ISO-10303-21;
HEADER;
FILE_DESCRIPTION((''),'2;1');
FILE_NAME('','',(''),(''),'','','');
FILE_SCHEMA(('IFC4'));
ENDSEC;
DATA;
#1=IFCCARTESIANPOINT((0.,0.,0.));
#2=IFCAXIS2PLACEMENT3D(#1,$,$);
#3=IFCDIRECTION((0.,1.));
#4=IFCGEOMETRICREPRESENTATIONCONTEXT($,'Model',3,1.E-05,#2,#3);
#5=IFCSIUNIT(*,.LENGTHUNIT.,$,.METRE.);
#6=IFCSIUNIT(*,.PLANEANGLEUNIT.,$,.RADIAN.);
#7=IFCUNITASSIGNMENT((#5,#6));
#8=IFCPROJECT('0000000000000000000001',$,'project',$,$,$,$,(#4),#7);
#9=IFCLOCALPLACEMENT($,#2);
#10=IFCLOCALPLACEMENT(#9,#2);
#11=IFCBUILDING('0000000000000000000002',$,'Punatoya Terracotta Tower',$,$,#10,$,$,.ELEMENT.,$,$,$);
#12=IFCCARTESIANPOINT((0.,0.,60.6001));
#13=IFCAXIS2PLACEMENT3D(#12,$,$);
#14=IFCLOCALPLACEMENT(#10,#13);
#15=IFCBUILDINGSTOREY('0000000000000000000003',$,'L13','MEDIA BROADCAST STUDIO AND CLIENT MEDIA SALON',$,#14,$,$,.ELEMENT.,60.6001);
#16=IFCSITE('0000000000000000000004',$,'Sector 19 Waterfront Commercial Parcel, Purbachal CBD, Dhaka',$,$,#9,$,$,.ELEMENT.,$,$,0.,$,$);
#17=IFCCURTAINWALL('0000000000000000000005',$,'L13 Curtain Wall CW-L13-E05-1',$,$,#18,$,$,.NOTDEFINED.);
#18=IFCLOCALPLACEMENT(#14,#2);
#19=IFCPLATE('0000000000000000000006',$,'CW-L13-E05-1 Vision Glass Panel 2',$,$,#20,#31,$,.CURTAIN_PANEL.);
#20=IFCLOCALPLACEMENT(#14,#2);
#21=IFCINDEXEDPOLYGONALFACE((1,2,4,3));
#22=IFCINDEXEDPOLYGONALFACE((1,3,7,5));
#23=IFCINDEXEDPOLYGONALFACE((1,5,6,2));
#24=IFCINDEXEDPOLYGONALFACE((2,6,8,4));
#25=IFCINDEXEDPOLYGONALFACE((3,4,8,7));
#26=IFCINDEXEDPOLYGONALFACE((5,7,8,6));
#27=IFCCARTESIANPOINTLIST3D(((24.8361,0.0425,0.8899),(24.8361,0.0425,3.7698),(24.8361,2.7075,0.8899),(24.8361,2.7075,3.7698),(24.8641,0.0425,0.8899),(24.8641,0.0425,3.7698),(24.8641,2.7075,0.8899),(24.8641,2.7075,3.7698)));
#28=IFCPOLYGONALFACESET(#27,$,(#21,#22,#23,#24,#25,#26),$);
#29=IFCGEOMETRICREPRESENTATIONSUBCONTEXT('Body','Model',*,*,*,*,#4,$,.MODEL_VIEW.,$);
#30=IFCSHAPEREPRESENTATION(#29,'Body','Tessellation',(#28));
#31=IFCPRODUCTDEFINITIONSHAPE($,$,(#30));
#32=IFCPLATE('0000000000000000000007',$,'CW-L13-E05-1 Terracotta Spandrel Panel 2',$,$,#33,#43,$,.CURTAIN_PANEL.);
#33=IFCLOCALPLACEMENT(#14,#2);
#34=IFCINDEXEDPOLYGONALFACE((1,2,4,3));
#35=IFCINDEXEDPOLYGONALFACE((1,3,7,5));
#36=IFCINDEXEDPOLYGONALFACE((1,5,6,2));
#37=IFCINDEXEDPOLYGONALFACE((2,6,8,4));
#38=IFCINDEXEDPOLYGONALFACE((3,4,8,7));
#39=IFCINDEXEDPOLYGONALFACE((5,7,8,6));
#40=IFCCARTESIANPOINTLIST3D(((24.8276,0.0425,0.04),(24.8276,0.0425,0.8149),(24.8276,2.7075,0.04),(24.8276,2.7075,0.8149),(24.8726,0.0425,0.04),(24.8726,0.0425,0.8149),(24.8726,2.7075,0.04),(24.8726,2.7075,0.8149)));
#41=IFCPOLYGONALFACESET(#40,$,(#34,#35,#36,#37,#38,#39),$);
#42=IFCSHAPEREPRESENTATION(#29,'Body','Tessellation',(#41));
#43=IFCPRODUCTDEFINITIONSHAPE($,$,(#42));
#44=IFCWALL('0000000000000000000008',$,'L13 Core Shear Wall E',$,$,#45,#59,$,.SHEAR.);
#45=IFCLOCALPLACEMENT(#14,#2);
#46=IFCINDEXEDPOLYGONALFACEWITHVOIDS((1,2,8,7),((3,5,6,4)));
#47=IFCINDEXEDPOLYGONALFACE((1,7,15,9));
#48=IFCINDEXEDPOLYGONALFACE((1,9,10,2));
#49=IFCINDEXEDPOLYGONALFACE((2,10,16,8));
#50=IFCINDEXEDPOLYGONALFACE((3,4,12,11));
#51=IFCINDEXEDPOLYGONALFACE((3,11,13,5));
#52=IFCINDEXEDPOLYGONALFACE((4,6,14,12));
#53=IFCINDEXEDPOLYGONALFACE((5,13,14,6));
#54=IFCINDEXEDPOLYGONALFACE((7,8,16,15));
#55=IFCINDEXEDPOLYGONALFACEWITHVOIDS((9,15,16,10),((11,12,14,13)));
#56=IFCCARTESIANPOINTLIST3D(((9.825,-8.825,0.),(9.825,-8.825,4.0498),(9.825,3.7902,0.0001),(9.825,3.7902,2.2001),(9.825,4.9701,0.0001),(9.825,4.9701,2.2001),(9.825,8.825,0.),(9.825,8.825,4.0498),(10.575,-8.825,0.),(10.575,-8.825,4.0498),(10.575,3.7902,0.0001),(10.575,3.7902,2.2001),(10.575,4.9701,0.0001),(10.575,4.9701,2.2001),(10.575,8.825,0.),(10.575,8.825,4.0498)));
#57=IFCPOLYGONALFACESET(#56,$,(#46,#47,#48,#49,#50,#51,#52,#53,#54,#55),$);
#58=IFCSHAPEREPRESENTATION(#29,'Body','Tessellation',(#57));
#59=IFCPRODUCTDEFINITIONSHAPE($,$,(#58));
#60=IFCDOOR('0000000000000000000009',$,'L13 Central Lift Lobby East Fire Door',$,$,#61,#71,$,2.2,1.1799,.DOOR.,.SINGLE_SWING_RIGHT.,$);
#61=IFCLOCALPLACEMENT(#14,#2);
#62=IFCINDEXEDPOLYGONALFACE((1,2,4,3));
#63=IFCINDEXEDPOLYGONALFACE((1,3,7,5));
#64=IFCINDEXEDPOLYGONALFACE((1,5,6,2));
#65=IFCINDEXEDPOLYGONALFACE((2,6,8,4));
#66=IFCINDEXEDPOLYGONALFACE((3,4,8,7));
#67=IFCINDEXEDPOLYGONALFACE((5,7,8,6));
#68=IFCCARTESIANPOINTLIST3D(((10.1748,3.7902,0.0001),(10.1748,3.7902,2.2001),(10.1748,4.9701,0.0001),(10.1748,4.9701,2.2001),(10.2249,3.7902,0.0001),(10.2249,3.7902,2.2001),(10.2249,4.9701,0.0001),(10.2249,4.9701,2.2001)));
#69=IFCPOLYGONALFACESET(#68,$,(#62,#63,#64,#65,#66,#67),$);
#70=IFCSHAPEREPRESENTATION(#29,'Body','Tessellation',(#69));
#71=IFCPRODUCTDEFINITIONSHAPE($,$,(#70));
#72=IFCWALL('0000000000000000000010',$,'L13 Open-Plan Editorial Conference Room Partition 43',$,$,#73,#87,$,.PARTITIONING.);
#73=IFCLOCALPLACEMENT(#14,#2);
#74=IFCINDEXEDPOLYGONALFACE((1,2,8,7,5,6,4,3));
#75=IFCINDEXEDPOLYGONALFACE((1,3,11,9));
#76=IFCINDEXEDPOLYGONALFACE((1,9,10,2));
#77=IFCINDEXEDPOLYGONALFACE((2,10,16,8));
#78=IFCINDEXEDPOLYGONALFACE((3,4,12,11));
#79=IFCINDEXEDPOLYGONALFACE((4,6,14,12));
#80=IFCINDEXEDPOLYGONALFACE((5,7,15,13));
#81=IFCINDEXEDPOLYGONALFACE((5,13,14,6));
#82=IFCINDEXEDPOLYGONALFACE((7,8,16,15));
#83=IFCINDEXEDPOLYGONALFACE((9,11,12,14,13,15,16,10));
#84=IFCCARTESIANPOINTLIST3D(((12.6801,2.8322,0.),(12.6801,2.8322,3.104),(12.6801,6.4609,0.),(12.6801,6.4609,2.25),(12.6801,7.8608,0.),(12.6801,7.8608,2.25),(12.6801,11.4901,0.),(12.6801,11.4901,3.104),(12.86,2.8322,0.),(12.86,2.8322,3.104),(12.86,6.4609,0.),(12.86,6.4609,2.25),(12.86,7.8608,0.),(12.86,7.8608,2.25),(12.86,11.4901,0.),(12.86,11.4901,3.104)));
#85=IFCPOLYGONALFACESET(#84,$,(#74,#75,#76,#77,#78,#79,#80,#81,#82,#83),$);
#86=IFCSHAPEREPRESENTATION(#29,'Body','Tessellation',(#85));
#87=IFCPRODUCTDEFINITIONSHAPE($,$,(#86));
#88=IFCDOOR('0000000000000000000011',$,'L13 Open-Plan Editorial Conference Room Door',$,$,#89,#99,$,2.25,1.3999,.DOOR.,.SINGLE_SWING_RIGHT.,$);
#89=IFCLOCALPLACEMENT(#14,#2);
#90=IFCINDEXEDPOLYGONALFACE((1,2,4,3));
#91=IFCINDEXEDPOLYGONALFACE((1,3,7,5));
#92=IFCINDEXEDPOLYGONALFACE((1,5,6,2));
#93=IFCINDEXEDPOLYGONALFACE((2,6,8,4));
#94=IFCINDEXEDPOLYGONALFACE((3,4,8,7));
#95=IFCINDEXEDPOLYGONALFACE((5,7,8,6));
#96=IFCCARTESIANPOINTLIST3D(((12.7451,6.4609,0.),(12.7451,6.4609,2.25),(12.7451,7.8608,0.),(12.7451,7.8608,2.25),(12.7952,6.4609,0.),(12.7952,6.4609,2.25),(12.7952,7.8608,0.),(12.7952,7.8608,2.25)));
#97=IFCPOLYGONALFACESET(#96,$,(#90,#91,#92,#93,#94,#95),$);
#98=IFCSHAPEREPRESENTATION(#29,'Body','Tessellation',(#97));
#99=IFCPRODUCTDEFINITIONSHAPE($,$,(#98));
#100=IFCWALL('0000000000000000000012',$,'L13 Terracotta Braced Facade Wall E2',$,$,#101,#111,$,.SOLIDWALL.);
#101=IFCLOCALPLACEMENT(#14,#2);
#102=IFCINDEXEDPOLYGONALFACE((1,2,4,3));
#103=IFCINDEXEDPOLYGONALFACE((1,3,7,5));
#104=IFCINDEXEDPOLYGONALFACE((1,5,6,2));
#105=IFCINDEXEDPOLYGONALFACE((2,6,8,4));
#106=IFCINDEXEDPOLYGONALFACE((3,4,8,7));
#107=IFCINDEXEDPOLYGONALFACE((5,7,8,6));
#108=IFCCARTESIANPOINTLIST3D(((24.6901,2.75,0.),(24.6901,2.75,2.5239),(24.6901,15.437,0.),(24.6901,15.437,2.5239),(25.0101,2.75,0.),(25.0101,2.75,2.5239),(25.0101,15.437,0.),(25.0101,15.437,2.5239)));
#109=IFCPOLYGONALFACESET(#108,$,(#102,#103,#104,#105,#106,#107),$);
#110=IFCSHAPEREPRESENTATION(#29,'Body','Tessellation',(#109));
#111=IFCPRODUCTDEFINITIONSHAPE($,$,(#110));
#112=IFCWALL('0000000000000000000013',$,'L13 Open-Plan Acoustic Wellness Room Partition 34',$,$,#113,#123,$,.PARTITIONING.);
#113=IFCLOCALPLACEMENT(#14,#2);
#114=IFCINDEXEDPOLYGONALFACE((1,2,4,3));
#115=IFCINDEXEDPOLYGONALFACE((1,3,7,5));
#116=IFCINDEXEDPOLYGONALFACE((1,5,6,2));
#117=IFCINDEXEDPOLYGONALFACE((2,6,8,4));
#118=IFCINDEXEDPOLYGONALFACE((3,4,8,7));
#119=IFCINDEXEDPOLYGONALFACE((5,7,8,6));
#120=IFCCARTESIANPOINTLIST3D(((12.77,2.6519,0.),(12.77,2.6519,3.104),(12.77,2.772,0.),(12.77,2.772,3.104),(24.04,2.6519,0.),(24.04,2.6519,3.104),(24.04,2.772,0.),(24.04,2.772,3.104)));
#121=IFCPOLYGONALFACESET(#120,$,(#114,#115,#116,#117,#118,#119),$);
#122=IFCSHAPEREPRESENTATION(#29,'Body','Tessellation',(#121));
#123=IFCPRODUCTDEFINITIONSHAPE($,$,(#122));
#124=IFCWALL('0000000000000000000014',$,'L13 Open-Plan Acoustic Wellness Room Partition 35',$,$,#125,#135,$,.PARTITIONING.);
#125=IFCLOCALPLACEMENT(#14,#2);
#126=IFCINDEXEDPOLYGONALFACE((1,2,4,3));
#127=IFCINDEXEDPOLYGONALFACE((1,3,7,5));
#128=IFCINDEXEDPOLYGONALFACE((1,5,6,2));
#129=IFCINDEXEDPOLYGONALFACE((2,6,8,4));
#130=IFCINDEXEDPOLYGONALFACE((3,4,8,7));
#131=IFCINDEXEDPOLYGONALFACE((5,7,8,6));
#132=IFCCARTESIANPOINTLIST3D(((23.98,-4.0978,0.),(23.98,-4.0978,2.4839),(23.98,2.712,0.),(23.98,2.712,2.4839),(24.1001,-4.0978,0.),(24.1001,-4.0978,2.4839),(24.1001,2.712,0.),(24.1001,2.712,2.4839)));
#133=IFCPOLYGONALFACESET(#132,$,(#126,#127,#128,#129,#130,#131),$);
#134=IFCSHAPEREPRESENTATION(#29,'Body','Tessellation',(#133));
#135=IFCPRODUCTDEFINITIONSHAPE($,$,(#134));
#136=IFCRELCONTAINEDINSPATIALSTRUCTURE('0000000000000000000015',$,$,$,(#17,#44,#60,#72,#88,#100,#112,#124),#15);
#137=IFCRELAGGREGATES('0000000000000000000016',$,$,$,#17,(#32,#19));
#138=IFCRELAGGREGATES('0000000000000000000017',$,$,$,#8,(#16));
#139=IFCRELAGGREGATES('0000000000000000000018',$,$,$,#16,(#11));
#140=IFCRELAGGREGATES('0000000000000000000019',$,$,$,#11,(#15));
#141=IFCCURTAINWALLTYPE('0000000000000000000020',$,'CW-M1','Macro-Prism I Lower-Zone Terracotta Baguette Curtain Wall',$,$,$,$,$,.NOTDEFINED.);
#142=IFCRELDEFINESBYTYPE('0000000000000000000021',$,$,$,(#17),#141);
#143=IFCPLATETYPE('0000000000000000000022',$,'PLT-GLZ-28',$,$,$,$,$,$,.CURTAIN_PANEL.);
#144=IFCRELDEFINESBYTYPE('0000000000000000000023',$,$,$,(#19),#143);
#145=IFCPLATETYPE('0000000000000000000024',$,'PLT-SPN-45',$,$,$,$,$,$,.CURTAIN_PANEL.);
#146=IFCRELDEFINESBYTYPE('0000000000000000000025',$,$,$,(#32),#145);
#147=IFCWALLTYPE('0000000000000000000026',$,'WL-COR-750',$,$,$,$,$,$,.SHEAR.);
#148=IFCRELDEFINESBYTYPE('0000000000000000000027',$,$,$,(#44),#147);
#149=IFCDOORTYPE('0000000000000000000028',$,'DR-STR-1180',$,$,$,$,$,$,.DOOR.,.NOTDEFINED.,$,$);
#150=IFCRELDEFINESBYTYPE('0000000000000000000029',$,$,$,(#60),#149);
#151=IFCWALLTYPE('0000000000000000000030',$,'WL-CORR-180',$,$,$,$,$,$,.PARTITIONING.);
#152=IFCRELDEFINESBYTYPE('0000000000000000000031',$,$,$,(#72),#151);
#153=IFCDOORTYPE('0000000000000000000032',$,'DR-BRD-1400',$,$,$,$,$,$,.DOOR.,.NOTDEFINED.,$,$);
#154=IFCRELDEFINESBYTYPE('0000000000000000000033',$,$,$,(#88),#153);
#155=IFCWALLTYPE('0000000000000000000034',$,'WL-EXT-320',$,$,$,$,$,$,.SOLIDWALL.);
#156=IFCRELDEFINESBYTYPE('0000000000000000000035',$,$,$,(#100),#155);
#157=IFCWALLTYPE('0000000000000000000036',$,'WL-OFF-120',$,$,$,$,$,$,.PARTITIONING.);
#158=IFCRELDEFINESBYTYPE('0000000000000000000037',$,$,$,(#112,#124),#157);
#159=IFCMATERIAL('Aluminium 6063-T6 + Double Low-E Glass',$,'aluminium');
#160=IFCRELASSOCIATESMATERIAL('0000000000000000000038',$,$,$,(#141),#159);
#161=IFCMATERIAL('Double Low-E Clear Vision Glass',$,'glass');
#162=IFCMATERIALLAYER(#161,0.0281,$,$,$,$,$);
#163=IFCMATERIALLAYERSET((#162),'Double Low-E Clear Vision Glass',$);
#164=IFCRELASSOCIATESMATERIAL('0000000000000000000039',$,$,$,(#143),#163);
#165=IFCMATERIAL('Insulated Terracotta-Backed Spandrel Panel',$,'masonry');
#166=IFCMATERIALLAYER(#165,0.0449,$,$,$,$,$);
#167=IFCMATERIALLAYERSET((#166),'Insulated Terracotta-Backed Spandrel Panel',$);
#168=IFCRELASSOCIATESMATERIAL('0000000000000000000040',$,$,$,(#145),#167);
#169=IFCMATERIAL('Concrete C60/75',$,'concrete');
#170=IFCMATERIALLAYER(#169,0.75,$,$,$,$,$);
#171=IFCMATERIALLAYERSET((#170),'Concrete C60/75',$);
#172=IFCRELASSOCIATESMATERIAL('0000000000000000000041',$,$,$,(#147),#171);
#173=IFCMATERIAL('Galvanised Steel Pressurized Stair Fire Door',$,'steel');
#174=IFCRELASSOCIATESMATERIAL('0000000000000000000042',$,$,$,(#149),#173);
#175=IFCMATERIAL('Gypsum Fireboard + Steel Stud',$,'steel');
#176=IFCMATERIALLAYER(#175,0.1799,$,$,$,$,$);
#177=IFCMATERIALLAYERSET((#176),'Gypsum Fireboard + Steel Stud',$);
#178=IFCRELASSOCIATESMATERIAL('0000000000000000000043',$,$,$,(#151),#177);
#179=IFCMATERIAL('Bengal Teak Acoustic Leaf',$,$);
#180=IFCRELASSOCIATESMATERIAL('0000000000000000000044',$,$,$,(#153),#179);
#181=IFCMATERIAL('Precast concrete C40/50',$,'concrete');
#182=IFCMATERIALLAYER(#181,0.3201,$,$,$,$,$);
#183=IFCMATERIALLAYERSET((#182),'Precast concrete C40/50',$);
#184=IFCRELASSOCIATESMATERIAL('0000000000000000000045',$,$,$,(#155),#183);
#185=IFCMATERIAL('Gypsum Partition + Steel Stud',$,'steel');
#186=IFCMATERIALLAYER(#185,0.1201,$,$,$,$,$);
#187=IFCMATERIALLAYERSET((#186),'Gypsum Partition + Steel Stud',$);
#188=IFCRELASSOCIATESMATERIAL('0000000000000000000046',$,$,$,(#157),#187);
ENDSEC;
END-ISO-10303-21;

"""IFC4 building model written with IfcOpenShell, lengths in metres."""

from ifc_helpers import new_model, si_unit, direction, frame, frame_2d, origin, origin_2d, place, context, subcontext, project, spatial, rectangle, extrude, material, layer, layer_set, type_object, element, fill, aggregate, save


model = new_model("IFC4")

# Units and contexts
model_context = context("Model", 3, precision=1e-05, world=origin(), true_north=direction((0.0, 1.0)))
body_context = subcontext(model_context, "Body", "Model", "MODEL_VIEW")
ifc_project = project(units=[si_unit("LENGTHUNIT", "METRE"), si_unit("PLANEANGLEUNIT", "RADIAN")], contexts=[model_context])

# Site, building, storey
site_placement = place(None, origin())
site = spatial("IfcSite", under=ifc_project, at=site_placement, Name="Sector 19 Waterfront Commercial Parcel, Purbachal CBD, Dhaka", CompositionType="ELEMENT", RefElevation=0.0)
building_placement = place(site_placement, origin())
building = spatial("IfcBuilding", under=site, at=building_placement, Name="Punatoya Terracotta Tower", CompositionType="ELEMENT")
storey_placement = place(building_placement, frame((0.0, 0.0, 60.6001)))
storey = spatial("IfcBuildingStorey", under=building, at=storey_placement, Name="L13", Description="MEDIA BROADCAST STUDIO AND CLIENT MEDIA SALON", CompositionType="ELEMENT", Elevation=60.6001)

# Curtain wall
ifc_material_1 = material(Name="Aluminium 6063-T6 + Double Low-E Glass", Category="aluminium")
curtain_wall_type = type_object("IfcCurtainWallType", Name="CW-M1", Description="Macro-Prism I Lower-Zone Terracotta Baguette Curtain Wall", PredefinedType="NOTDEFINED", material=ifc_material_1)
curtain_wall_placement = place(storey_placement, origin())
curtain_wall = element("IfcCurtainWall", 1, at=curtain_wall_placement, inside=storey, type_object=curtain_wall_type, Name="L13 Curtain Wall CW-L13-E05-1", PredefinedType="NOTDEFINED")

# Plates
ifc_material_2 = material(Name="Double Low-E Clear Vision Glass", Category="glass")
ifc_layer_1 = layer(ifc_material_2, 0.0281)
ifc_layer_set_1 = layer_set([ifc_layer_1], Name="Double Low-E Clear Vision Glass")
plate_type_1 = type_object("IfcPlateType", Name="PLT-GLZ-28", PredefinedType="CURTAIN_PANEL", material=ifc_layer_set_1)
plate_1_placement = place(storey_placement, frame((24.8501, 1.375, 0.8899), z_axis=(0.0, 0.0, 1.0), x_axis=(0.0, 1.0, 0.0)))
plate_1 = element("IfcPlate", 2, at=plate_1_placement, type_object=plate_type_1, Name="CW-L13-E05-1 Vision Glass Panel 2", PredefinedType="CURTAIN_PANEL", context=body_context, shape_type="SweptSolid", body=[
    extrude(rectangle(XDim=2.665, YDim=0.0281, at=origin_2d()), origin(), (0.0, 0.0, 1.0), 2.8799),
])
ifc_material_3 = material(Name="Insulated Terracotta-Backed Spandrel Panel", Category="masonry")
ifc_layer_2 = layer(ifc_material_3, 0.0449)
ifc_layer_set_2 = layer_set([ifc_layer_2], Name="Insulated Terracotta-Backed Spandrel Panel")
plate_type_2 = type_object("IfcPlateType", Name="PLT-SPN-45", PredefinedType="CURTAIN_PANEL", material=ifc_layer_set_2)
plate_2_placement = place(storey_placement, frame((24.8501, 1.375, 0.04), z_axis=(0.0, 0.0, 1.0), x_axis=(0.0, 1.0, 0.0)))
plate_2 = element("IfcPlate", 3, at=plate_2_placement, type_object=plate_type_2, Name="CW-L13-E05-1 Terracotta Spandrel Panel 2", PredefinedType="CURTAIN_PANEL", context=body_context, shape_type="SweptSolid", body=[
    extrude(rectangle(XDim=2.665, YDim=0.0449, at=origin_2d()), origin(), (0.0, 0.0, 1.0), 0.7749),
])
aggregate(curtain_wall, [plate_2, plate_1])

# Walls, openings, doors
ifc_material_4 = material(Name="Concrete C60/75", Category="concrete")
ifc_layer_3 = layer(ifc_material_4, 0.75)
ifc_layer_set_3 = layer_set([ifc_layer_3], Name="Concrete C60/75")
wall_type_1 = type_object("IfcWallType", Name="WL-COR-750", PredefinedType="SHEAR", material=ifc_layer_set_3)
wall_1_placement = place(storey_placement, frame((10.2, 8.825, 0.0), z_axis=(0.0, 0.0, 1.0), x_axis=(0.0, -1.0, 0.0)))
wall_1 = element("IfcWall", 4, at=wall_1_placement, inside=storey, type_object=wall_type_1, Name="L13 Core Shear Wall E", PredefinedType="SHEAR", context=body_context, shape_type="SweptSolid", body=[
    extrude(rectangle(XDim=17.6499, YDim=0.75, at=frame_2d((8.825, 0.0))), origin(), (0.0, 0.0, 1.0), 4.0498),
])
opening_1_placement = place(wall_1_placement, frame((3.855, 0.0, 0.0)))
opening_1 = element("IfcOpeningElement", 5, at=opening_1_placement, cuts=wall_1, PredefinedType="OPENING", context=body_context, shape_type="SweptSolid", body=[
    extrude(rectangle(XDim=1.1799, YDim=2.2, at=frame_2d((0.5898, 1.1001))), frame((0.0, 0.385, 0.0), z_axis=(0.0, -1.0, 0.0), x_axis=(1.0, 0.0, 0.0)), (0.0, 0.0, 1.0), 0.77),
])
ifc_material_5 = material(Name="Galvanised Steel Pressurized Stair Fire Door", Category="steel")
door_type_1 = type_object("IfcDoorType", Name="DR-STR-1180", OperationType="NOTDEFINED", PredefinedType="DOOR", material=ifc_material_5)
door_1_placement = place(opening_1_placement, origin())
door_1 = element("IfcDoor", 6, at=door_1_placement, inside=storey, type_object=door_type_1, Name="L13 Central Lift Lobby East Fire Door", OperationType="SINGLE_SWING_RIGHT", OverallHeight=2.2, OverallWidth=1.1799, PredefinedType="DOOR", context=body_context, shape_type="SweptSolid", body=[
    extrude(rectangle(XDim=1.1799, YDim=2.2, at=frame_2d((0.5898, 1.1001))), frame((0.0, 0.0249, 0.0), z_axis=(0.0, -1.0, 0.0), x_axis=(1.0, 0.0, 0.0)), (0.0, 0.0, 1.0), 0.05),
])
fill(opening_1, door_1)
ifc_material_6 = material(Name="Gypsum Fireboard + Steel Stud", Category="steel")
ifc_layer_4 = layer(ifc_material_6, 0.1799)
ifc_layer_set_4 = layer_set([ifc_layer_4], Name="Gypsum Fireboard + Steel Stud")
wall_type_2 = type_object("IfcWallType", Name="WL-CORR-180", PredefinedType="PARTITIONING", material=ifc_layer_set_4)
wall_2_placement = place(storey_placement, frame((12.77, 2.832, 0.0), z_axis=(0.0, 0.0, 1.0), x_axis=(0.0, 1.0, 0.0)))
wall_2 = element("IfcWall", 7, at=wall_2_placement, inside=storey, type_object=wall_type_2, Name="L13 Open-Plan Editorial Conference Room Partition 43", PredefinedType="PARTITIONING", context=body_context, shape_type="SweptSolid", body=[
    extrude(rectangle(XDim=8.658, YDim=0.1799, at=frame_2d((4.3291, 0.0))), origin(), (0.0, 0.0, 1.0), 3.104),
])
opening_2_placement = place(wall_2_placement, frame((3.6289, 0.0, 0.0)))
opening_2 = element("IfcOpeningElement", 8, at=opening_2_placement, cuts=wall_2, PredefinedType="OPENING", context=body_context, shape_type="SweptSolid", body=[
    extrude(rectangle(XDim=1.3999, YDim=2.25, at=frame_2d((0.7, 1.125))), frame((0.0, 0.0999, 0.0), z_axis=(0.0, -1.0, 0.0), x_axis=(1.0, 0.0, 0.0)), (0.0, 0.0, 1.0), 0.2),
])
ifc_material_7 = material(Name="Bengal Teak Acoustic Leaf")
door_type_2 = type_object("IfcDoorType", Name="DR-BRD-1400", OperationType="NOTDEFINED", PredefinedType="DOOR", material=ifc_material_7)
door_2_placement = place(opening_2_placement, origin())
door_2 = element("IfcDoor", 9, at=door_2_placement, inside=storey, type_object=door_type_2, Name="L13 Open-Plan Editorial Conference Room Door", OperationType="SINGLE_SWING_RIGHT", OverallHeight=2.25, OverallWidth=1.3999, PredefinedType="DOOR", context=body_context, shape_type="SweptSolid", body=[
    extrude(rectangle(XDim=1.3999, YDim=2.25, at=frame_2d((0.7, 1.125))), frame((0.0, 0.0249, 0.0), z_axis=(0.0, -1.0, 0.0), x_axis=(1.0, 0.0, 0.0)), (0.0, 0.0, 1.0), 0.05),
])
fill(opening_2, door_2)

# Walls
ifc_material_8 = material(Name="Precast concrete C40/50", Category="concrete")
ifc_layer_5 = layer(ifc_material_8, 0.3201)
ifc_layer_set_5 = layer_set([ifc_layer_5], Name="Precast concrete C40/50")
wall_type_3 = type_object("IfcWallType", Name="WL-EXT-320", PredefinedType="SOLIDWALL", material=ifc_layer_set_5)
wall_3_placement = place(storey_placement, frame((24.8501, 2.75, 0.0), z_axis=(0.0, 0.0, 1.0), x_axis=(0.0, 1.0, 0.0)))
element("IfcWall", 10, at=wall_3_placement, inside=storey, type_object=wall_type_3, Name="L13 Terracotta Braced Facade Wall E2", PredefinedType="SOLIDWALL", context=body_context, shape_type="SweptSolid", body=[
    extrude(rectangle(XDim=12.687, YDim=0.3201, at=frame_2d((6.3435, 0.0))), origin(), (0.0, 0.0, 1.0), 2.5239),
])
ifc_material_9 = material(Name="Gypsum Partition + Steel Stud", Category="steel")
ifc_layer_6 = layer(ifc_material_9, 0.1201)
ifc_layer_set_6 = layer_set([ifc_layer_6], Name="Gypsum Partition + Steel Stud")
wall_type_4 = type_object("IfcWallType", Name="WL-OFF-120", PredefinedType="PARTITIONING", material=ifc_layer_set_6)
wall_4_placement = place(storey_placement, frame((12.77, 2.7119, 0.0), z_axis=(0.0, 0.0, 1.0), x_axis=(1.0, 0.0, 0.0)))
element("IfcWall", 11, at=wall_4_placement, inside=storey, type_object=wall_type_4, Name="L13 Open-Plan Acoustic Wellness Room Partition 34", PredefinedType="PARTITIONING", context=body_context, shape_type="SweptSolid", body=[
    extrude(rectangle(XDim=11.27, YDim=0.1201, at=frame_2d((5.635, 0.0))), origin(), (0.0, 0.0, 1.0), 3.104),
])
wall_5_placement = place(storey_placement, frame((24.04, 2.7119, 0.0), z_axis=(0.0, 0.0, 1.0), x_axis=(0.0, -1.0, 0.0)))
element("IfcWall", 12, at=wall_5_placement, inside=storey, type_object=wall_type_4, Name="L13 Open-Plan Acoustic Wellness Room Partition 35", PredefinedType="PARTITIONING", context=body_context, shape_type="SweptSolid", body=[
    extrude(rectangle(XDim=6.8098, YDim=0.1201, at=frame_2d((3.4048, 0.0))), origin(), (0.0, 0.0, 1.0), 2.4839),
])

save(model, "model.ifc")
